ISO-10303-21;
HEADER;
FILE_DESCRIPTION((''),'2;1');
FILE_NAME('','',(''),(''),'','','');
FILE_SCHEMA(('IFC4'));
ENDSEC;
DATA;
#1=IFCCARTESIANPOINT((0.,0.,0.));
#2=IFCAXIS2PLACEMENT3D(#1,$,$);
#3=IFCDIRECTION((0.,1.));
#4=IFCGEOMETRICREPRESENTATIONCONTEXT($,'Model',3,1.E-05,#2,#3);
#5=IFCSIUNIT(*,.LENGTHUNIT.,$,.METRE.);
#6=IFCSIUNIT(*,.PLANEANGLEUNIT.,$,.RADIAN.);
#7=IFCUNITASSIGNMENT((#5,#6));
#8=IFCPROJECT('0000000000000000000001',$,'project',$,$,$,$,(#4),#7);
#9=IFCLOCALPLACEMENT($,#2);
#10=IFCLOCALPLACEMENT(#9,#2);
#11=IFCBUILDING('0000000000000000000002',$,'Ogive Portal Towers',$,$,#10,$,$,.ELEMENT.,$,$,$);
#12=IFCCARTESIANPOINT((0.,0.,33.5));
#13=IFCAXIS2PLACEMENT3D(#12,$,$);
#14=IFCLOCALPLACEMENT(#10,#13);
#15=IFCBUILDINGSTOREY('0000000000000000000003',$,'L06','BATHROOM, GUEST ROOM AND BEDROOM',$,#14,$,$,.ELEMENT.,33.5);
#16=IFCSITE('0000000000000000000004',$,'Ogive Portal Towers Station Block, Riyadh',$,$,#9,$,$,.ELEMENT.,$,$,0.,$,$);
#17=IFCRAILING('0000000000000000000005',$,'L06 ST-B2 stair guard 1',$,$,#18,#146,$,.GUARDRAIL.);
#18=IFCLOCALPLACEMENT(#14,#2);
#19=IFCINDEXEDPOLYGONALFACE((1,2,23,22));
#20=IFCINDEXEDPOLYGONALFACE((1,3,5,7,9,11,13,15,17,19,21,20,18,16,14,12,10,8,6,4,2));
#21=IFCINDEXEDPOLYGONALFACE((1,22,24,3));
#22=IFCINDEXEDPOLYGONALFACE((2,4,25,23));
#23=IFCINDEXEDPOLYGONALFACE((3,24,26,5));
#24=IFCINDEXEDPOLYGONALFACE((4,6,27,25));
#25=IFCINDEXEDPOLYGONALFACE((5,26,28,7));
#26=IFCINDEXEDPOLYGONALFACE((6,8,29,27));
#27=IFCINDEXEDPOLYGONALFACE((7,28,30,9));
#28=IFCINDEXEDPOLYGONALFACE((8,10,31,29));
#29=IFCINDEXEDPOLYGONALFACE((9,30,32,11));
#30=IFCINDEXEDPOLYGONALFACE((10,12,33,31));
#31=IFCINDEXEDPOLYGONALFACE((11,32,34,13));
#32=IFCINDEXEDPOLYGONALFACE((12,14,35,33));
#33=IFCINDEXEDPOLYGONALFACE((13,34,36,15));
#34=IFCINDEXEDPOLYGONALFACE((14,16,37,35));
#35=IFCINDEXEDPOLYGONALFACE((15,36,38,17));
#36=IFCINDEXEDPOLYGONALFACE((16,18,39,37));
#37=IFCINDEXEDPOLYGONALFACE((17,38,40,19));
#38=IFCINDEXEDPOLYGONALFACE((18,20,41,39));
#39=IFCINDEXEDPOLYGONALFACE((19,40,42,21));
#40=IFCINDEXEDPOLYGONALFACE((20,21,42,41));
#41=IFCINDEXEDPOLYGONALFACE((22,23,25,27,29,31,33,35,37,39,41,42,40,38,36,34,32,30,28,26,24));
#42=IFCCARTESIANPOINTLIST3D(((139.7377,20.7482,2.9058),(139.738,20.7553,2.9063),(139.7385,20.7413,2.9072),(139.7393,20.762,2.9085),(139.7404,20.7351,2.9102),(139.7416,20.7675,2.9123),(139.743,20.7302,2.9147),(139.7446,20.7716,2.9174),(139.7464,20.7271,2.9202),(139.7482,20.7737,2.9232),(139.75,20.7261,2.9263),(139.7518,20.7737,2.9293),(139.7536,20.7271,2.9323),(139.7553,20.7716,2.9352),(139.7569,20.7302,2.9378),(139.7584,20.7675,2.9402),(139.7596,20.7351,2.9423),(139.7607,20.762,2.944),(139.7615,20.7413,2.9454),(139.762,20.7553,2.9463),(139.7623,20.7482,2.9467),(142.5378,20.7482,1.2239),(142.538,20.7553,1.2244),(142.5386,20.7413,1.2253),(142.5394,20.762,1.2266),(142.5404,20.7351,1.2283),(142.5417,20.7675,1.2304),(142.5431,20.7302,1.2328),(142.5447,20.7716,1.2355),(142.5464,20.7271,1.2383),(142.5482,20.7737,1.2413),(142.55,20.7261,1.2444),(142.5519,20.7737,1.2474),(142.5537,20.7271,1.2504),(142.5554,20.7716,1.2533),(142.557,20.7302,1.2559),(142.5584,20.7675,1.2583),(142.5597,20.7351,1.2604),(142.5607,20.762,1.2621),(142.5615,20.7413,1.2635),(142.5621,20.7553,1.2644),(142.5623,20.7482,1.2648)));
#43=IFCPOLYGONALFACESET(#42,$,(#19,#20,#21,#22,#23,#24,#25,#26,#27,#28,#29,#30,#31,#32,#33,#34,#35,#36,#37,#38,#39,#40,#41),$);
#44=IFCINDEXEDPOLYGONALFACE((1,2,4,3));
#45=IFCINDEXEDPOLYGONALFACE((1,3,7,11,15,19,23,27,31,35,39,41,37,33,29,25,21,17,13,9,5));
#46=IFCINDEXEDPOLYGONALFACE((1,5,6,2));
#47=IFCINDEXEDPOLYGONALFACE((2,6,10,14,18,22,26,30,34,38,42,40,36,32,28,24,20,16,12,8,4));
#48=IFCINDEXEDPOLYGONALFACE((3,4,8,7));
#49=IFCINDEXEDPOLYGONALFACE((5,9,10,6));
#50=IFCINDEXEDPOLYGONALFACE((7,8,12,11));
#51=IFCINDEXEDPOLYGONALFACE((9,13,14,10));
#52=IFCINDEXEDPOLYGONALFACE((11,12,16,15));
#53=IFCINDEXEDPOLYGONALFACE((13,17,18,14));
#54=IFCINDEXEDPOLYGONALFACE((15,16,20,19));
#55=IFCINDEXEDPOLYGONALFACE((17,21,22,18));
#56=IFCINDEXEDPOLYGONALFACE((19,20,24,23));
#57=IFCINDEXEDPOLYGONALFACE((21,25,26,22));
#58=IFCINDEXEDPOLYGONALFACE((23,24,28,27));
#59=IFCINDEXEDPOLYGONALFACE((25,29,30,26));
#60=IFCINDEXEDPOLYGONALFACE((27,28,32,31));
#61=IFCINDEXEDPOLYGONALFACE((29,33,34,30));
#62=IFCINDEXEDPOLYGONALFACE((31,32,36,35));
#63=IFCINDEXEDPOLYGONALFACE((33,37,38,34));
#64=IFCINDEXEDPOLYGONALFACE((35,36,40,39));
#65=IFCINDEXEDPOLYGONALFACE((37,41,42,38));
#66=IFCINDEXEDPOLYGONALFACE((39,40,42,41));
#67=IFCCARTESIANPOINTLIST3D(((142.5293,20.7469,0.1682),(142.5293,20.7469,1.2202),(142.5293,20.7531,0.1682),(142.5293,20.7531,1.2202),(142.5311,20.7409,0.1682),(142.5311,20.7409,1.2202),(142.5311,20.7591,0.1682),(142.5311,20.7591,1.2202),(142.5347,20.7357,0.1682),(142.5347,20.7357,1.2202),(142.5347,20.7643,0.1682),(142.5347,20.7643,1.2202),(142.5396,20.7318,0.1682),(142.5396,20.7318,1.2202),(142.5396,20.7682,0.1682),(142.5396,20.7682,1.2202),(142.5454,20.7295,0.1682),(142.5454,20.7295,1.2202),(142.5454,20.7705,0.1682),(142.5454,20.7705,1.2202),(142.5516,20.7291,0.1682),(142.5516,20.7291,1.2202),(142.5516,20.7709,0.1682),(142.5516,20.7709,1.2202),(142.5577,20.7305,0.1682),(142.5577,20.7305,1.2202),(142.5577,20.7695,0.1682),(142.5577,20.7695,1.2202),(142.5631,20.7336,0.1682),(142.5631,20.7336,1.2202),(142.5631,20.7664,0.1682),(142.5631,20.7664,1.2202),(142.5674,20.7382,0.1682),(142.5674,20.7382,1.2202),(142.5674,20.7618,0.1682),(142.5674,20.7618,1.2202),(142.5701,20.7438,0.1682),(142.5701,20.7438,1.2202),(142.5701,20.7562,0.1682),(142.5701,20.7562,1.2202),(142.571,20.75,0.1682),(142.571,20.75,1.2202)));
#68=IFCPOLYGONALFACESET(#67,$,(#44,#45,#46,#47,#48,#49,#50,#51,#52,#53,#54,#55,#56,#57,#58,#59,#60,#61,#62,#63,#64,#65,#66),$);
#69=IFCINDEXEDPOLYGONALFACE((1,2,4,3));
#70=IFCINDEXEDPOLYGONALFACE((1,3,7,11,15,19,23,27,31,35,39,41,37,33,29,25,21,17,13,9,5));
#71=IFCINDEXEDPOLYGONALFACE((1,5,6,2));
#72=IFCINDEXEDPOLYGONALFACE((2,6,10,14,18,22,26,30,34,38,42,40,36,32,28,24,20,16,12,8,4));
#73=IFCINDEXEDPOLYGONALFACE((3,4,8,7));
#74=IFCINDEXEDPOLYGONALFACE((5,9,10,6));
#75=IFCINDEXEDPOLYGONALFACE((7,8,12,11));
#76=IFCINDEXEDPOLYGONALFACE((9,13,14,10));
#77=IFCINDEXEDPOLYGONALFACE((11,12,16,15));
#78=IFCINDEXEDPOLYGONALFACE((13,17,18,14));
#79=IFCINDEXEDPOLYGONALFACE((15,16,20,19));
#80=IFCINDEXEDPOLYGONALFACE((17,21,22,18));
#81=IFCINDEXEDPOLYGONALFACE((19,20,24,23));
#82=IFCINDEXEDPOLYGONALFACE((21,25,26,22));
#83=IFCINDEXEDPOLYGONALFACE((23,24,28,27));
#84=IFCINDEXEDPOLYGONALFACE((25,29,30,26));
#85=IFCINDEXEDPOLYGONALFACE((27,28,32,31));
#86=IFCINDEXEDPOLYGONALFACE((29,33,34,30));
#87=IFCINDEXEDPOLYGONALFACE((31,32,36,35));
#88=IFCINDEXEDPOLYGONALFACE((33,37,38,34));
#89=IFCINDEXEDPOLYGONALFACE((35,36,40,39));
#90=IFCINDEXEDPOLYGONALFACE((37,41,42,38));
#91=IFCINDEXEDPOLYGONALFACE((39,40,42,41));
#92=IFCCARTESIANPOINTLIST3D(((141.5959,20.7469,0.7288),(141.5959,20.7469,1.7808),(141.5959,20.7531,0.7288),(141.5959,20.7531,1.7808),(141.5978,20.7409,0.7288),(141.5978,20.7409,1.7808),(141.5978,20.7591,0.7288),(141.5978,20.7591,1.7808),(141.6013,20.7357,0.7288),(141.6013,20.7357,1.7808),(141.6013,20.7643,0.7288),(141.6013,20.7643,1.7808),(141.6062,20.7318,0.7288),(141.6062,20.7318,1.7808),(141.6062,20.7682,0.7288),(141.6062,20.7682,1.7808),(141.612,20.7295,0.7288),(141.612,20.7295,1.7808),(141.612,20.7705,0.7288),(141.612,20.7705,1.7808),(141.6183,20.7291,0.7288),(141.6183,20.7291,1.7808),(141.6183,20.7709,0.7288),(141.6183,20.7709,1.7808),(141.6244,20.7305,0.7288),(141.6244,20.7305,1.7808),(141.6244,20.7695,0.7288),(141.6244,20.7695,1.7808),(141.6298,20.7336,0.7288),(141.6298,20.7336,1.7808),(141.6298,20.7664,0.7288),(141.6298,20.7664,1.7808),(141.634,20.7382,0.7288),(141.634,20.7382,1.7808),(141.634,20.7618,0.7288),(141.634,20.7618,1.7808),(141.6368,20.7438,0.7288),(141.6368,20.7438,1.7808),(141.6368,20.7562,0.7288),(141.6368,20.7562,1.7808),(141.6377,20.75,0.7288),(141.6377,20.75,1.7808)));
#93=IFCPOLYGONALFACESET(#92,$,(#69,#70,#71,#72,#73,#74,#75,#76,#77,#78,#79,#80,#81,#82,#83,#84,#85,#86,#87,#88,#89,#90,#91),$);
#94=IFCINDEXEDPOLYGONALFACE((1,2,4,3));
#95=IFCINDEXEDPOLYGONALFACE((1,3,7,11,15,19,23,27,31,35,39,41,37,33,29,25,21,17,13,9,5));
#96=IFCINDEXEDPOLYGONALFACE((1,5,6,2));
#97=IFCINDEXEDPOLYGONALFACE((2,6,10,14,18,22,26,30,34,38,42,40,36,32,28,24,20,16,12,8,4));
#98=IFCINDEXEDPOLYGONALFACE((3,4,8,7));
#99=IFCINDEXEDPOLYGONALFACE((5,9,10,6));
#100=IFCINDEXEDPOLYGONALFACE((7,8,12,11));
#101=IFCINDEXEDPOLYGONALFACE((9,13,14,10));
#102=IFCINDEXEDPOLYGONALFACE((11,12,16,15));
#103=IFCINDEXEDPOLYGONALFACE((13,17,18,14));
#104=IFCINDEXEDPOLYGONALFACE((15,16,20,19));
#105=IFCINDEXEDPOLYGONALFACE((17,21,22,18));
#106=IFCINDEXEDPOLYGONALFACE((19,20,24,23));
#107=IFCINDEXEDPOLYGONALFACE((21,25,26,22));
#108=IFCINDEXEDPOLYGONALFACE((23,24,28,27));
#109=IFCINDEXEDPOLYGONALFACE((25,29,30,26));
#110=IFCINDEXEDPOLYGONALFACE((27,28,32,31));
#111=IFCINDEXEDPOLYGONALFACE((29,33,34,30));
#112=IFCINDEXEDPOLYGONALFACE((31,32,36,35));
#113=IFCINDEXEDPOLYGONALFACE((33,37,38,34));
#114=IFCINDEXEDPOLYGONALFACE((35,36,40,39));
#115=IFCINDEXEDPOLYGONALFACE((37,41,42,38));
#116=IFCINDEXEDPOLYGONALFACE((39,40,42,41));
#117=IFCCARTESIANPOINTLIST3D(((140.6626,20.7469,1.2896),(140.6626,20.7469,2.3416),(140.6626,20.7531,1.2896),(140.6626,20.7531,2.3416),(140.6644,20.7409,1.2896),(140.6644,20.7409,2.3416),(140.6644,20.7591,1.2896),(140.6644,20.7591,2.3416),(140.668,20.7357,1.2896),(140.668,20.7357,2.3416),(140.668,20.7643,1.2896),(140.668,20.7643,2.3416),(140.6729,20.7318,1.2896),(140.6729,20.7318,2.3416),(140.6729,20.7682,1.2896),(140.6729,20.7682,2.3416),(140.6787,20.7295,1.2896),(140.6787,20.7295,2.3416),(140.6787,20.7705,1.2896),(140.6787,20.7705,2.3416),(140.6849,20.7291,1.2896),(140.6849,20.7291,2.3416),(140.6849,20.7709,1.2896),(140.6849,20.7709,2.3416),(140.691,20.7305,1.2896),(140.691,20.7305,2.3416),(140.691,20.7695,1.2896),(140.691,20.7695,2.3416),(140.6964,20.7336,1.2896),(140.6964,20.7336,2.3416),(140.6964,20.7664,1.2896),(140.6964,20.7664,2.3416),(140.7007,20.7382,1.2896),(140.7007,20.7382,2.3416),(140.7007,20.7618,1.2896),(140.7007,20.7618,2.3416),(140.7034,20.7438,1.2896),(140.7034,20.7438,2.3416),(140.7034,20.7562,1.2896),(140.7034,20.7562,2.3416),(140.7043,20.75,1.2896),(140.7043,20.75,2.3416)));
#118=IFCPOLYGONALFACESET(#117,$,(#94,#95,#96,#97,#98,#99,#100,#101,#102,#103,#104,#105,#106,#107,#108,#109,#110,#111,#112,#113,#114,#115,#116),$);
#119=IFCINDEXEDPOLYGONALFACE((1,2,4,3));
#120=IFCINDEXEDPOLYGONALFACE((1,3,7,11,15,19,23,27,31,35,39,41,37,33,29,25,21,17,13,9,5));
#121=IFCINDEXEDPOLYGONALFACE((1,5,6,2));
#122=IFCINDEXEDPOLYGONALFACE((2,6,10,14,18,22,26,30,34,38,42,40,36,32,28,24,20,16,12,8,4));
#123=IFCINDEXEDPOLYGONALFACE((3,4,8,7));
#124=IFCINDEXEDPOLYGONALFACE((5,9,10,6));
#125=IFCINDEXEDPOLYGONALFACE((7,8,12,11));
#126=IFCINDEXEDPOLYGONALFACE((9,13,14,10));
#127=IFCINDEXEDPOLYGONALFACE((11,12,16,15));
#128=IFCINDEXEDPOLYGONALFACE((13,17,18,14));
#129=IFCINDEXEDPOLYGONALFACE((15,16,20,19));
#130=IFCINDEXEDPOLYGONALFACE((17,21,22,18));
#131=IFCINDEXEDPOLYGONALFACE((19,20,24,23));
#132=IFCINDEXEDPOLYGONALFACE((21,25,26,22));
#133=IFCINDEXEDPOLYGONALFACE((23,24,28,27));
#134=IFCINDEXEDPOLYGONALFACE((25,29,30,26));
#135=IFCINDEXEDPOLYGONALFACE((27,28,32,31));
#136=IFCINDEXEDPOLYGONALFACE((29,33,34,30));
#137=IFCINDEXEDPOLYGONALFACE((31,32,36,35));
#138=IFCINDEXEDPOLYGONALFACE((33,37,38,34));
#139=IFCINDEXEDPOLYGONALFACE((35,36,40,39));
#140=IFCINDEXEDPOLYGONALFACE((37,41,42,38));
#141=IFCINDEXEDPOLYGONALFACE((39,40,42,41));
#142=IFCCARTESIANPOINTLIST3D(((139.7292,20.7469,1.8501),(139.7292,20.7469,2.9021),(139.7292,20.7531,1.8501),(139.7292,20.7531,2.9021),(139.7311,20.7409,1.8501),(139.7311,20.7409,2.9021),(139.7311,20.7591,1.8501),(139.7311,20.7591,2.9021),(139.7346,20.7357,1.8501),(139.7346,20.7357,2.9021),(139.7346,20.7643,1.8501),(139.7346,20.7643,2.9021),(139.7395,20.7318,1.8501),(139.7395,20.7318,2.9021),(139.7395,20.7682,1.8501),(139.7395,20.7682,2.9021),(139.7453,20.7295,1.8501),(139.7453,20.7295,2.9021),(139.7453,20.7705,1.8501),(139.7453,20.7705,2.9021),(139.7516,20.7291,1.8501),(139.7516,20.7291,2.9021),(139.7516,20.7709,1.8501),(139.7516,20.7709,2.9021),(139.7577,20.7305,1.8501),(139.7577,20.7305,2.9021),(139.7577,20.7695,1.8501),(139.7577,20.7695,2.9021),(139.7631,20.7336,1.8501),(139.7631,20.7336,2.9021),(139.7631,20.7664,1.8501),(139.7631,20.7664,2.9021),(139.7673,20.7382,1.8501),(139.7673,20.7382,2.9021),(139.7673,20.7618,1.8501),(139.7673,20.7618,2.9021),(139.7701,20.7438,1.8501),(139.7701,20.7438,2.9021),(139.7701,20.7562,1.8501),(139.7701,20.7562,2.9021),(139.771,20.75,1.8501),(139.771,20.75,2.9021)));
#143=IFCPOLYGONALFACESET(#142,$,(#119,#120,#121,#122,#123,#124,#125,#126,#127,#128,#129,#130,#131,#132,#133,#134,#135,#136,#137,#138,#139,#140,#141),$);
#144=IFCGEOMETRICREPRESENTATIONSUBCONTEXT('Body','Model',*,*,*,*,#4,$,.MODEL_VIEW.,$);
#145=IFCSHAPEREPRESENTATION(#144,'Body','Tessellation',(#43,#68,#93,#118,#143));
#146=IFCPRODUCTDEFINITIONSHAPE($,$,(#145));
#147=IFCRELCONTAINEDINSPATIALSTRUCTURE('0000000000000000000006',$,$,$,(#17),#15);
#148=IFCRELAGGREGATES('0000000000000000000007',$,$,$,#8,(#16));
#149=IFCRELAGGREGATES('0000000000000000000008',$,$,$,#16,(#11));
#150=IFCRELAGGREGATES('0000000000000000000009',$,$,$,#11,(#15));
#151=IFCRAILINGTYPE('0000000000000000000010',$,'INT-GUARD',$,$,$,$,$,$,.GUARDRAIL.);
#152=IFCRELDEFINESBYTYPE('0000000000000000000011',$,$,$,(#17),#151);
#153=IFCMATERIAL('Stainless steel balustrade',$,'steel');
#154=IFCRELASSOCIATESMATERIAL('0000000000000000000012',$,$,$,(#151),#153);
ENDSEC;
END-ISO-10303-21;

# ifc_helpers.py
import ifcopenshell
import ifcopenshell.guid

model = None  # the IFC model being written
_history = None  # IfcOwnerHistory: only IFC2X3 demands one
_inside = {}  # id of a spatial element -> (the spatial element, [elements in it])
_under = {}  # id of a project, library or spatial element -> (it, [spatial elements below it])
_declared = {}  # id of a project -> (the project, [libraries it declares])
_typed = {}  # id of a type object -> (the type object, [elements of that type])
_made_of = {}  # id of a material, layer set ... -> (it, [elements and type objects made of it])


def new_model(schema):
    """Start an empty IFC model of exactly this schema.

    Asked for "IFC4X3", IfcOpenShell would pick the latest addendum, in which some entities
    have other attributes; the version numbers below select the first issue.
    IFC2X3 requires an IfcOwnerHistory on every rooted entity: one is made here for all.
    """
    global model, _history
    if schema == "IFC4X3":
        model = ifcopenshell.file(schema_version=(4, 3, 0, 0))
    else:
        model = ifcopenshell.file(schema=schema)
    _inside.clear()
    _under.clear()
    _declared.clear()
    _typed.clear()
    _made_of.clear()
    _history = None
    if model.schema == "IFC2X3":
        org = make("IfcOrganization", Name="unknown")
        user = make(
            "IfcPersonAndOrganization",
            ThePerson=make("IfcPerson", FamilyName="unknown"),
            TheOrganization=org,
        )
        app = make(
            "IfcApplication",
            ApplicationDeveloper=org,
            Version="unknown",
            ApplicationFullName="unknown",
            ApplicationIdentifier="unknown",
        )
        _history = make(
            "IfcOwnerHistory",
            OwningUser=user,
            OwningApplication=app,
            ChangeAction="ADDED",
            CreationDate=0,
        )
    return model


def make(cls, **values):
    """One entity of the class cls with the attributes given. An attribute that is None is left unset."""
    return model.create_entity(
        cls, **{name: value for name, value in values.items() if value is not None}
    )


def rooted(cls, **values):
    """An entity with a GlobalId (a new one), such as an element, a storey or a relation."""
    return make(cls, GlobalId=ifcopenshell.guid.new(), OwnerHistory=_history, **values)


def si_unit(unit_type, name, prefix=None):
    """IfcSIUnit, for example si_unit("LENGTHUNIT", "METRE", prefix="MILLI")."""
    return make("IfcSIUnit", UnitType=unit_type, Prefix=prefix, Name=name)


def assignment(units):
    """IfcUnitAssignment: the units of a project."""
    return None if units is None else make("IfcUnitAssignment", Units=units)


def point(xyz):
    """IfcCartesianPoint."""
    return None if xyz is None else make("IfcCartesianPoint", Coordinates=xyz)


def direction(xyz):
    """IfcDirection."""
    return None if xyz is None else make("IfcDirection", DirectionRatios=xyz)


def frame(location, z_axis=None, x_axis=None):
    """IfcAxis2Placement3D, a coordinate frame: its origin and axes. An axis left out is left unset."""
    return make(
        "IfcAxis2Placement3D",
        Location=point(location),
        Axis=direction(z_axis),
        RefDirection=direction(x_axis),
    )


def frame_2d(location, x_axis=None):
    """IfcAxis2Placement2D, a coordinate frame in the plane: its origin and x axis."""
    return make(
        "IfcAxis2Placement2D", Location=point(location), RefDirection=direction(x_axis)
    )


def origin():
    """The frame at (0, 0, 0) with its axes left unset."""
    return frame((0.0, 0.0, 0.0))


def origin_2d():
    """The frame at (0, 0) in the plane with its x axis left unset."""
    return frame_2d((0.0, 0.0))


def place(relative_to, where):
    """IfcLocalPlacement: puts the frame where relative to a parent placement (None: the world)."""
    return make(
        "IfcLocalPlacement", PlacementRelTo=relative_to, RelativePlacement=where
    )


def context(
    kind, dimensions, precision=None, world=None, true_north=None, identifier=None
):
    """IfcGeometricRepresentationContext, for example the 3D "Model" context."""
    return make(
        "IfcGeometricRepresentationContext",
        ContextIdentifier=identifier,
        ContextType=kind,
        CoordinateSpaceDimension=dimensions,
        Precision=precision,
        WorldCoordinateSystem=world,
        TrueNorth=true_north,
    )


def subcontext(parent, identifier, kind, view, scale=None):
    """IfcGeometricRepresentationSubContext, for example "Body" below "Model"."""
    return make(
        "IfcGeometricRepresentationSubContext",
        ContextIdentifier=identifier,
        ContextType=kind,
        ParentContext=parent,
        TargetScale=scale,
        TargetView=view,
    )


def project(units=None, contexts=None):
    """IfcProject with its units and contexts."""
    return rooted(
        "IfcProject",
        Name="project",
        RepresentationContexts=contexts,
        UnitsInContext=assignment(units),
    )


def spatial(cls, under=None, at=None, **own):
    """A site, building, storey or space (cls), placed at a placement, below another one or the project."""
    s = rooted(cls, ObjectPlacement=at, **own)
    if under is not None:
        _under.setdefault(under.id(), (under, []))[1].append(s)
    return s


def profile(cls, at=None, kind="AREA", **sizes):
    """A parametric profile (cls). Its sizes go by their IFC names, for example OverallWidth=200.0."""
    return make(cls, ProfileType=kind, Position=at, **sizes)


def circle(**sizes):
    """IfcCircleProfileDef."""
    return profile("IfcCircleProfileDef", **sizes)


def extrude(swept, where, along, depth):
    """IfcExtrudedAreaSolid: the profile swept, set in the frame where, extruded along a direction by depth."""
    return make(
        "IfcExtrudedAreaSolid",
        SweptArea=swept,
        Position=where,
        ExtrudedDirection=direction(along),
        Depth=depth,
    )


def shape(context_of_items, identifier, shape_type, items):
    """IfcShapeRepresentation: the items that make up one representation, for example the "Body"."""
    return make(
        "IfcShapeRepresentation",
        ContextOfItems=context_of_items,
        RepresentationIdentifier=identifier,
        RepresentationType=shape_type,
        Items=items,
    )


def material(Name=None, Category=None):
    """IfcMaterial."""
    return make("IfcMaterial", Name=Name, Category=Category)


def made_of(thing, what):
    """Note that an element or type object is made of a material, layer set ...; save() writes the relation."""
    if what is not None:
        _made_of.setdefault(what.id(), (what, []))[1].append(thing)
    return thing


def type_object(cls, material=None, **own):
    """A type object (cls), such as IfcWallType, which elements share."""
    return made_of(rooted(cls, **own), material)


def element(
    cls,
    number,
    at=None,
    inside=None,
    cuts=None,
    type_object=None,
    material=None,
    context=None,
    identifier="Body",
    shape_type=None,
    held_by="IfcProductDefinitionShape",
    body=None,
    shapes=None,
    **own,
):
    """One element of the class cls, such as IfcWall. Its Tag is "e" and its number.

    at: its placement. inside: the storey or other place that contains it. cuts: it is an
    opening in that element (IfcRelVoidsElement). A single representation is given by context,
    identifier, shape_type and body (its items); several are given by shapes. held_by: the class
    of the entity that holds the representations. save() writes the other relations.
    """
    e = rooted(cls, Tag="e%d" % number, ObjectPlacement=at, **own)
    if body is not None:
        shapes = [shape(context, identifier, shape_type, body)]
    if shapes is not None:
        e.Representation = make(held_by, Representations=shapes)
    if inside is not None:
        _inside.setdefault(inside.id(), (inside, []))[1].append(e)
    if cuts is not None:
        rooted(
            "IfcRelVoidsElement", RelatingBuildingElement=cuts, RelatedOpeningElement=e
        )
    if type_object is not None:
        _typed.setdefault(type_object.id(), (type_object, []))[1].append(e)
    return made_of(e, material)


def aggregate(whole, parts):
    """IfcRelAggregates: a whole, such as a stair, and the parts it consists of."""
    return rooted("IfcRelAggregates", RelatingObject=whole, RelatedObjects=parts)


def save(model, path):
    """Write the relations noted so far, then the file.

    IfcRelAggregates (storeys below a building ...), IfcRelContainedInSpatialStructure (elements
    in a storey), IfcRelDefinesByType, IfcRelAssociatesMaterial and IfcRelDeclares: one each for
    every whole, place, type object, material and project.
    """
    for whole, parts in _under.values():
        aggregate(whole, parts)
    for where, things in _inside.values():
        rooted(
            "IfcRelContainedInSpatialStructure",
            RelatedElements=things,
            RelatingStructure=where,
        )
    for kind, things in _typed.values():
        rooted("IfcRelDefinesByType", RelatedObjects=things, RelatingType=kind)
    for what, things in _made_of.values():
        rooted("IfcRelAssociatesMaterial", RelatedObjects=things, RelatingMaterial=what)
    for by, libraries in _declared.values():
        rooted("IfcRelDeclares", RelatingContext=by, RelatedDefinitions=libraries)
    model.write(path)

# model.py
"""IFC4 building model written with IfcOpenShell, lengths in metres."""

from ifc_helpers import new_model, si_unit, direction, frame, origin, origin_2d, place, context, subcontext, project, spatial, circle, extrude, material, type_object, element, save


model = new_model("IFC4")

# Units and contexts
model_context = context("Model", 3, precision=1e-05, world=origin(), true_north=direction((0.0, 1.0)))
body_context = subcontext(model_context, "Body", "Model", "MODEL_VIEW")
ifc_project = project(units=[si_unit("LENGTHUNIT", "METRE"), si_unit("PLANEANGLEUNIT", "RADIAN")], contexts=[model_context])

# Site, building, storey
site_placement = place(None, origin())
site = spatial("IfcSite", under=ifc_project, at=site_placement, Name="Ogive Portal Towers Station Block, Riyadh", CompositionType="ELEMENT", RefElevation=0.0)
building_placement = place(site_placement, origin())
building = spatial("IfcBuilding", under=site, at=building_placement, Name="Ogive Portal Towers", CompositionType="ELEMENT")
storey_placement = place(building_placement, frame((0.0, 0.0, 33.5)))
storey = spatial("IfcBuildingStorey", under=building, at=storey_placement, Name="L06", Description="BATHROOM, GUEST ROOM AND BEDROOM", CompositionType="ELEMENT", Elevation=33.5)

# Railing
ifc_material_1 = material(Name="Stainless steel balustrade", Category="steel")
railing_type_1 = type_object("IfcRailingType", Name="INT-GUARD", PredefinedType="GUARDRAIL", material=ifc_material_1)
railing_1_placement = place(storey_placement, frame((142.55, 20.75, 0.1682)))
element("IfcRailing", 1, at=railing_1_placement, inside=storey, type_object=railing_type_1, Name="L06 ST-B2 stair guard 1", PredefinedType="GUARDRAIL", context=body_context, shape_type="SweptSolid", body=[
    extrude(circle(Radius=0.0239, at=origin_2d()), frame((0.0, 0.0, 1.0762), z_axis=(-0.857242, 0.0, 0.514913), x_axis=(0.0, -1.0, 0.0)), (0.0, 0.0, 1.0), 3.2664),
    extrude(circle(Radius=0.021, at=origin_2d()), origin(), (0.0, 0.0, 1.0), 1.052),
    extrude(circle(Radius=0.021, at=origin_2d()), frame((-0.9333, 0.0, 0.5605)), (0.0, 0.0, 1.0), 1.052),
    extrude(circle(Radius=0.021, at=origin_2d()), frame((-1.8667, 0.0, 1.1213)), (0.0, 0.0, 1.0), 1.052),
    extrude(circle(Radius=0.021, at=origin_2d()), frame((-2.8, 0.0, 1.6819)), (0.0, 0.0, 1.0), 1.052),
])

save(model, "model.ifc")
